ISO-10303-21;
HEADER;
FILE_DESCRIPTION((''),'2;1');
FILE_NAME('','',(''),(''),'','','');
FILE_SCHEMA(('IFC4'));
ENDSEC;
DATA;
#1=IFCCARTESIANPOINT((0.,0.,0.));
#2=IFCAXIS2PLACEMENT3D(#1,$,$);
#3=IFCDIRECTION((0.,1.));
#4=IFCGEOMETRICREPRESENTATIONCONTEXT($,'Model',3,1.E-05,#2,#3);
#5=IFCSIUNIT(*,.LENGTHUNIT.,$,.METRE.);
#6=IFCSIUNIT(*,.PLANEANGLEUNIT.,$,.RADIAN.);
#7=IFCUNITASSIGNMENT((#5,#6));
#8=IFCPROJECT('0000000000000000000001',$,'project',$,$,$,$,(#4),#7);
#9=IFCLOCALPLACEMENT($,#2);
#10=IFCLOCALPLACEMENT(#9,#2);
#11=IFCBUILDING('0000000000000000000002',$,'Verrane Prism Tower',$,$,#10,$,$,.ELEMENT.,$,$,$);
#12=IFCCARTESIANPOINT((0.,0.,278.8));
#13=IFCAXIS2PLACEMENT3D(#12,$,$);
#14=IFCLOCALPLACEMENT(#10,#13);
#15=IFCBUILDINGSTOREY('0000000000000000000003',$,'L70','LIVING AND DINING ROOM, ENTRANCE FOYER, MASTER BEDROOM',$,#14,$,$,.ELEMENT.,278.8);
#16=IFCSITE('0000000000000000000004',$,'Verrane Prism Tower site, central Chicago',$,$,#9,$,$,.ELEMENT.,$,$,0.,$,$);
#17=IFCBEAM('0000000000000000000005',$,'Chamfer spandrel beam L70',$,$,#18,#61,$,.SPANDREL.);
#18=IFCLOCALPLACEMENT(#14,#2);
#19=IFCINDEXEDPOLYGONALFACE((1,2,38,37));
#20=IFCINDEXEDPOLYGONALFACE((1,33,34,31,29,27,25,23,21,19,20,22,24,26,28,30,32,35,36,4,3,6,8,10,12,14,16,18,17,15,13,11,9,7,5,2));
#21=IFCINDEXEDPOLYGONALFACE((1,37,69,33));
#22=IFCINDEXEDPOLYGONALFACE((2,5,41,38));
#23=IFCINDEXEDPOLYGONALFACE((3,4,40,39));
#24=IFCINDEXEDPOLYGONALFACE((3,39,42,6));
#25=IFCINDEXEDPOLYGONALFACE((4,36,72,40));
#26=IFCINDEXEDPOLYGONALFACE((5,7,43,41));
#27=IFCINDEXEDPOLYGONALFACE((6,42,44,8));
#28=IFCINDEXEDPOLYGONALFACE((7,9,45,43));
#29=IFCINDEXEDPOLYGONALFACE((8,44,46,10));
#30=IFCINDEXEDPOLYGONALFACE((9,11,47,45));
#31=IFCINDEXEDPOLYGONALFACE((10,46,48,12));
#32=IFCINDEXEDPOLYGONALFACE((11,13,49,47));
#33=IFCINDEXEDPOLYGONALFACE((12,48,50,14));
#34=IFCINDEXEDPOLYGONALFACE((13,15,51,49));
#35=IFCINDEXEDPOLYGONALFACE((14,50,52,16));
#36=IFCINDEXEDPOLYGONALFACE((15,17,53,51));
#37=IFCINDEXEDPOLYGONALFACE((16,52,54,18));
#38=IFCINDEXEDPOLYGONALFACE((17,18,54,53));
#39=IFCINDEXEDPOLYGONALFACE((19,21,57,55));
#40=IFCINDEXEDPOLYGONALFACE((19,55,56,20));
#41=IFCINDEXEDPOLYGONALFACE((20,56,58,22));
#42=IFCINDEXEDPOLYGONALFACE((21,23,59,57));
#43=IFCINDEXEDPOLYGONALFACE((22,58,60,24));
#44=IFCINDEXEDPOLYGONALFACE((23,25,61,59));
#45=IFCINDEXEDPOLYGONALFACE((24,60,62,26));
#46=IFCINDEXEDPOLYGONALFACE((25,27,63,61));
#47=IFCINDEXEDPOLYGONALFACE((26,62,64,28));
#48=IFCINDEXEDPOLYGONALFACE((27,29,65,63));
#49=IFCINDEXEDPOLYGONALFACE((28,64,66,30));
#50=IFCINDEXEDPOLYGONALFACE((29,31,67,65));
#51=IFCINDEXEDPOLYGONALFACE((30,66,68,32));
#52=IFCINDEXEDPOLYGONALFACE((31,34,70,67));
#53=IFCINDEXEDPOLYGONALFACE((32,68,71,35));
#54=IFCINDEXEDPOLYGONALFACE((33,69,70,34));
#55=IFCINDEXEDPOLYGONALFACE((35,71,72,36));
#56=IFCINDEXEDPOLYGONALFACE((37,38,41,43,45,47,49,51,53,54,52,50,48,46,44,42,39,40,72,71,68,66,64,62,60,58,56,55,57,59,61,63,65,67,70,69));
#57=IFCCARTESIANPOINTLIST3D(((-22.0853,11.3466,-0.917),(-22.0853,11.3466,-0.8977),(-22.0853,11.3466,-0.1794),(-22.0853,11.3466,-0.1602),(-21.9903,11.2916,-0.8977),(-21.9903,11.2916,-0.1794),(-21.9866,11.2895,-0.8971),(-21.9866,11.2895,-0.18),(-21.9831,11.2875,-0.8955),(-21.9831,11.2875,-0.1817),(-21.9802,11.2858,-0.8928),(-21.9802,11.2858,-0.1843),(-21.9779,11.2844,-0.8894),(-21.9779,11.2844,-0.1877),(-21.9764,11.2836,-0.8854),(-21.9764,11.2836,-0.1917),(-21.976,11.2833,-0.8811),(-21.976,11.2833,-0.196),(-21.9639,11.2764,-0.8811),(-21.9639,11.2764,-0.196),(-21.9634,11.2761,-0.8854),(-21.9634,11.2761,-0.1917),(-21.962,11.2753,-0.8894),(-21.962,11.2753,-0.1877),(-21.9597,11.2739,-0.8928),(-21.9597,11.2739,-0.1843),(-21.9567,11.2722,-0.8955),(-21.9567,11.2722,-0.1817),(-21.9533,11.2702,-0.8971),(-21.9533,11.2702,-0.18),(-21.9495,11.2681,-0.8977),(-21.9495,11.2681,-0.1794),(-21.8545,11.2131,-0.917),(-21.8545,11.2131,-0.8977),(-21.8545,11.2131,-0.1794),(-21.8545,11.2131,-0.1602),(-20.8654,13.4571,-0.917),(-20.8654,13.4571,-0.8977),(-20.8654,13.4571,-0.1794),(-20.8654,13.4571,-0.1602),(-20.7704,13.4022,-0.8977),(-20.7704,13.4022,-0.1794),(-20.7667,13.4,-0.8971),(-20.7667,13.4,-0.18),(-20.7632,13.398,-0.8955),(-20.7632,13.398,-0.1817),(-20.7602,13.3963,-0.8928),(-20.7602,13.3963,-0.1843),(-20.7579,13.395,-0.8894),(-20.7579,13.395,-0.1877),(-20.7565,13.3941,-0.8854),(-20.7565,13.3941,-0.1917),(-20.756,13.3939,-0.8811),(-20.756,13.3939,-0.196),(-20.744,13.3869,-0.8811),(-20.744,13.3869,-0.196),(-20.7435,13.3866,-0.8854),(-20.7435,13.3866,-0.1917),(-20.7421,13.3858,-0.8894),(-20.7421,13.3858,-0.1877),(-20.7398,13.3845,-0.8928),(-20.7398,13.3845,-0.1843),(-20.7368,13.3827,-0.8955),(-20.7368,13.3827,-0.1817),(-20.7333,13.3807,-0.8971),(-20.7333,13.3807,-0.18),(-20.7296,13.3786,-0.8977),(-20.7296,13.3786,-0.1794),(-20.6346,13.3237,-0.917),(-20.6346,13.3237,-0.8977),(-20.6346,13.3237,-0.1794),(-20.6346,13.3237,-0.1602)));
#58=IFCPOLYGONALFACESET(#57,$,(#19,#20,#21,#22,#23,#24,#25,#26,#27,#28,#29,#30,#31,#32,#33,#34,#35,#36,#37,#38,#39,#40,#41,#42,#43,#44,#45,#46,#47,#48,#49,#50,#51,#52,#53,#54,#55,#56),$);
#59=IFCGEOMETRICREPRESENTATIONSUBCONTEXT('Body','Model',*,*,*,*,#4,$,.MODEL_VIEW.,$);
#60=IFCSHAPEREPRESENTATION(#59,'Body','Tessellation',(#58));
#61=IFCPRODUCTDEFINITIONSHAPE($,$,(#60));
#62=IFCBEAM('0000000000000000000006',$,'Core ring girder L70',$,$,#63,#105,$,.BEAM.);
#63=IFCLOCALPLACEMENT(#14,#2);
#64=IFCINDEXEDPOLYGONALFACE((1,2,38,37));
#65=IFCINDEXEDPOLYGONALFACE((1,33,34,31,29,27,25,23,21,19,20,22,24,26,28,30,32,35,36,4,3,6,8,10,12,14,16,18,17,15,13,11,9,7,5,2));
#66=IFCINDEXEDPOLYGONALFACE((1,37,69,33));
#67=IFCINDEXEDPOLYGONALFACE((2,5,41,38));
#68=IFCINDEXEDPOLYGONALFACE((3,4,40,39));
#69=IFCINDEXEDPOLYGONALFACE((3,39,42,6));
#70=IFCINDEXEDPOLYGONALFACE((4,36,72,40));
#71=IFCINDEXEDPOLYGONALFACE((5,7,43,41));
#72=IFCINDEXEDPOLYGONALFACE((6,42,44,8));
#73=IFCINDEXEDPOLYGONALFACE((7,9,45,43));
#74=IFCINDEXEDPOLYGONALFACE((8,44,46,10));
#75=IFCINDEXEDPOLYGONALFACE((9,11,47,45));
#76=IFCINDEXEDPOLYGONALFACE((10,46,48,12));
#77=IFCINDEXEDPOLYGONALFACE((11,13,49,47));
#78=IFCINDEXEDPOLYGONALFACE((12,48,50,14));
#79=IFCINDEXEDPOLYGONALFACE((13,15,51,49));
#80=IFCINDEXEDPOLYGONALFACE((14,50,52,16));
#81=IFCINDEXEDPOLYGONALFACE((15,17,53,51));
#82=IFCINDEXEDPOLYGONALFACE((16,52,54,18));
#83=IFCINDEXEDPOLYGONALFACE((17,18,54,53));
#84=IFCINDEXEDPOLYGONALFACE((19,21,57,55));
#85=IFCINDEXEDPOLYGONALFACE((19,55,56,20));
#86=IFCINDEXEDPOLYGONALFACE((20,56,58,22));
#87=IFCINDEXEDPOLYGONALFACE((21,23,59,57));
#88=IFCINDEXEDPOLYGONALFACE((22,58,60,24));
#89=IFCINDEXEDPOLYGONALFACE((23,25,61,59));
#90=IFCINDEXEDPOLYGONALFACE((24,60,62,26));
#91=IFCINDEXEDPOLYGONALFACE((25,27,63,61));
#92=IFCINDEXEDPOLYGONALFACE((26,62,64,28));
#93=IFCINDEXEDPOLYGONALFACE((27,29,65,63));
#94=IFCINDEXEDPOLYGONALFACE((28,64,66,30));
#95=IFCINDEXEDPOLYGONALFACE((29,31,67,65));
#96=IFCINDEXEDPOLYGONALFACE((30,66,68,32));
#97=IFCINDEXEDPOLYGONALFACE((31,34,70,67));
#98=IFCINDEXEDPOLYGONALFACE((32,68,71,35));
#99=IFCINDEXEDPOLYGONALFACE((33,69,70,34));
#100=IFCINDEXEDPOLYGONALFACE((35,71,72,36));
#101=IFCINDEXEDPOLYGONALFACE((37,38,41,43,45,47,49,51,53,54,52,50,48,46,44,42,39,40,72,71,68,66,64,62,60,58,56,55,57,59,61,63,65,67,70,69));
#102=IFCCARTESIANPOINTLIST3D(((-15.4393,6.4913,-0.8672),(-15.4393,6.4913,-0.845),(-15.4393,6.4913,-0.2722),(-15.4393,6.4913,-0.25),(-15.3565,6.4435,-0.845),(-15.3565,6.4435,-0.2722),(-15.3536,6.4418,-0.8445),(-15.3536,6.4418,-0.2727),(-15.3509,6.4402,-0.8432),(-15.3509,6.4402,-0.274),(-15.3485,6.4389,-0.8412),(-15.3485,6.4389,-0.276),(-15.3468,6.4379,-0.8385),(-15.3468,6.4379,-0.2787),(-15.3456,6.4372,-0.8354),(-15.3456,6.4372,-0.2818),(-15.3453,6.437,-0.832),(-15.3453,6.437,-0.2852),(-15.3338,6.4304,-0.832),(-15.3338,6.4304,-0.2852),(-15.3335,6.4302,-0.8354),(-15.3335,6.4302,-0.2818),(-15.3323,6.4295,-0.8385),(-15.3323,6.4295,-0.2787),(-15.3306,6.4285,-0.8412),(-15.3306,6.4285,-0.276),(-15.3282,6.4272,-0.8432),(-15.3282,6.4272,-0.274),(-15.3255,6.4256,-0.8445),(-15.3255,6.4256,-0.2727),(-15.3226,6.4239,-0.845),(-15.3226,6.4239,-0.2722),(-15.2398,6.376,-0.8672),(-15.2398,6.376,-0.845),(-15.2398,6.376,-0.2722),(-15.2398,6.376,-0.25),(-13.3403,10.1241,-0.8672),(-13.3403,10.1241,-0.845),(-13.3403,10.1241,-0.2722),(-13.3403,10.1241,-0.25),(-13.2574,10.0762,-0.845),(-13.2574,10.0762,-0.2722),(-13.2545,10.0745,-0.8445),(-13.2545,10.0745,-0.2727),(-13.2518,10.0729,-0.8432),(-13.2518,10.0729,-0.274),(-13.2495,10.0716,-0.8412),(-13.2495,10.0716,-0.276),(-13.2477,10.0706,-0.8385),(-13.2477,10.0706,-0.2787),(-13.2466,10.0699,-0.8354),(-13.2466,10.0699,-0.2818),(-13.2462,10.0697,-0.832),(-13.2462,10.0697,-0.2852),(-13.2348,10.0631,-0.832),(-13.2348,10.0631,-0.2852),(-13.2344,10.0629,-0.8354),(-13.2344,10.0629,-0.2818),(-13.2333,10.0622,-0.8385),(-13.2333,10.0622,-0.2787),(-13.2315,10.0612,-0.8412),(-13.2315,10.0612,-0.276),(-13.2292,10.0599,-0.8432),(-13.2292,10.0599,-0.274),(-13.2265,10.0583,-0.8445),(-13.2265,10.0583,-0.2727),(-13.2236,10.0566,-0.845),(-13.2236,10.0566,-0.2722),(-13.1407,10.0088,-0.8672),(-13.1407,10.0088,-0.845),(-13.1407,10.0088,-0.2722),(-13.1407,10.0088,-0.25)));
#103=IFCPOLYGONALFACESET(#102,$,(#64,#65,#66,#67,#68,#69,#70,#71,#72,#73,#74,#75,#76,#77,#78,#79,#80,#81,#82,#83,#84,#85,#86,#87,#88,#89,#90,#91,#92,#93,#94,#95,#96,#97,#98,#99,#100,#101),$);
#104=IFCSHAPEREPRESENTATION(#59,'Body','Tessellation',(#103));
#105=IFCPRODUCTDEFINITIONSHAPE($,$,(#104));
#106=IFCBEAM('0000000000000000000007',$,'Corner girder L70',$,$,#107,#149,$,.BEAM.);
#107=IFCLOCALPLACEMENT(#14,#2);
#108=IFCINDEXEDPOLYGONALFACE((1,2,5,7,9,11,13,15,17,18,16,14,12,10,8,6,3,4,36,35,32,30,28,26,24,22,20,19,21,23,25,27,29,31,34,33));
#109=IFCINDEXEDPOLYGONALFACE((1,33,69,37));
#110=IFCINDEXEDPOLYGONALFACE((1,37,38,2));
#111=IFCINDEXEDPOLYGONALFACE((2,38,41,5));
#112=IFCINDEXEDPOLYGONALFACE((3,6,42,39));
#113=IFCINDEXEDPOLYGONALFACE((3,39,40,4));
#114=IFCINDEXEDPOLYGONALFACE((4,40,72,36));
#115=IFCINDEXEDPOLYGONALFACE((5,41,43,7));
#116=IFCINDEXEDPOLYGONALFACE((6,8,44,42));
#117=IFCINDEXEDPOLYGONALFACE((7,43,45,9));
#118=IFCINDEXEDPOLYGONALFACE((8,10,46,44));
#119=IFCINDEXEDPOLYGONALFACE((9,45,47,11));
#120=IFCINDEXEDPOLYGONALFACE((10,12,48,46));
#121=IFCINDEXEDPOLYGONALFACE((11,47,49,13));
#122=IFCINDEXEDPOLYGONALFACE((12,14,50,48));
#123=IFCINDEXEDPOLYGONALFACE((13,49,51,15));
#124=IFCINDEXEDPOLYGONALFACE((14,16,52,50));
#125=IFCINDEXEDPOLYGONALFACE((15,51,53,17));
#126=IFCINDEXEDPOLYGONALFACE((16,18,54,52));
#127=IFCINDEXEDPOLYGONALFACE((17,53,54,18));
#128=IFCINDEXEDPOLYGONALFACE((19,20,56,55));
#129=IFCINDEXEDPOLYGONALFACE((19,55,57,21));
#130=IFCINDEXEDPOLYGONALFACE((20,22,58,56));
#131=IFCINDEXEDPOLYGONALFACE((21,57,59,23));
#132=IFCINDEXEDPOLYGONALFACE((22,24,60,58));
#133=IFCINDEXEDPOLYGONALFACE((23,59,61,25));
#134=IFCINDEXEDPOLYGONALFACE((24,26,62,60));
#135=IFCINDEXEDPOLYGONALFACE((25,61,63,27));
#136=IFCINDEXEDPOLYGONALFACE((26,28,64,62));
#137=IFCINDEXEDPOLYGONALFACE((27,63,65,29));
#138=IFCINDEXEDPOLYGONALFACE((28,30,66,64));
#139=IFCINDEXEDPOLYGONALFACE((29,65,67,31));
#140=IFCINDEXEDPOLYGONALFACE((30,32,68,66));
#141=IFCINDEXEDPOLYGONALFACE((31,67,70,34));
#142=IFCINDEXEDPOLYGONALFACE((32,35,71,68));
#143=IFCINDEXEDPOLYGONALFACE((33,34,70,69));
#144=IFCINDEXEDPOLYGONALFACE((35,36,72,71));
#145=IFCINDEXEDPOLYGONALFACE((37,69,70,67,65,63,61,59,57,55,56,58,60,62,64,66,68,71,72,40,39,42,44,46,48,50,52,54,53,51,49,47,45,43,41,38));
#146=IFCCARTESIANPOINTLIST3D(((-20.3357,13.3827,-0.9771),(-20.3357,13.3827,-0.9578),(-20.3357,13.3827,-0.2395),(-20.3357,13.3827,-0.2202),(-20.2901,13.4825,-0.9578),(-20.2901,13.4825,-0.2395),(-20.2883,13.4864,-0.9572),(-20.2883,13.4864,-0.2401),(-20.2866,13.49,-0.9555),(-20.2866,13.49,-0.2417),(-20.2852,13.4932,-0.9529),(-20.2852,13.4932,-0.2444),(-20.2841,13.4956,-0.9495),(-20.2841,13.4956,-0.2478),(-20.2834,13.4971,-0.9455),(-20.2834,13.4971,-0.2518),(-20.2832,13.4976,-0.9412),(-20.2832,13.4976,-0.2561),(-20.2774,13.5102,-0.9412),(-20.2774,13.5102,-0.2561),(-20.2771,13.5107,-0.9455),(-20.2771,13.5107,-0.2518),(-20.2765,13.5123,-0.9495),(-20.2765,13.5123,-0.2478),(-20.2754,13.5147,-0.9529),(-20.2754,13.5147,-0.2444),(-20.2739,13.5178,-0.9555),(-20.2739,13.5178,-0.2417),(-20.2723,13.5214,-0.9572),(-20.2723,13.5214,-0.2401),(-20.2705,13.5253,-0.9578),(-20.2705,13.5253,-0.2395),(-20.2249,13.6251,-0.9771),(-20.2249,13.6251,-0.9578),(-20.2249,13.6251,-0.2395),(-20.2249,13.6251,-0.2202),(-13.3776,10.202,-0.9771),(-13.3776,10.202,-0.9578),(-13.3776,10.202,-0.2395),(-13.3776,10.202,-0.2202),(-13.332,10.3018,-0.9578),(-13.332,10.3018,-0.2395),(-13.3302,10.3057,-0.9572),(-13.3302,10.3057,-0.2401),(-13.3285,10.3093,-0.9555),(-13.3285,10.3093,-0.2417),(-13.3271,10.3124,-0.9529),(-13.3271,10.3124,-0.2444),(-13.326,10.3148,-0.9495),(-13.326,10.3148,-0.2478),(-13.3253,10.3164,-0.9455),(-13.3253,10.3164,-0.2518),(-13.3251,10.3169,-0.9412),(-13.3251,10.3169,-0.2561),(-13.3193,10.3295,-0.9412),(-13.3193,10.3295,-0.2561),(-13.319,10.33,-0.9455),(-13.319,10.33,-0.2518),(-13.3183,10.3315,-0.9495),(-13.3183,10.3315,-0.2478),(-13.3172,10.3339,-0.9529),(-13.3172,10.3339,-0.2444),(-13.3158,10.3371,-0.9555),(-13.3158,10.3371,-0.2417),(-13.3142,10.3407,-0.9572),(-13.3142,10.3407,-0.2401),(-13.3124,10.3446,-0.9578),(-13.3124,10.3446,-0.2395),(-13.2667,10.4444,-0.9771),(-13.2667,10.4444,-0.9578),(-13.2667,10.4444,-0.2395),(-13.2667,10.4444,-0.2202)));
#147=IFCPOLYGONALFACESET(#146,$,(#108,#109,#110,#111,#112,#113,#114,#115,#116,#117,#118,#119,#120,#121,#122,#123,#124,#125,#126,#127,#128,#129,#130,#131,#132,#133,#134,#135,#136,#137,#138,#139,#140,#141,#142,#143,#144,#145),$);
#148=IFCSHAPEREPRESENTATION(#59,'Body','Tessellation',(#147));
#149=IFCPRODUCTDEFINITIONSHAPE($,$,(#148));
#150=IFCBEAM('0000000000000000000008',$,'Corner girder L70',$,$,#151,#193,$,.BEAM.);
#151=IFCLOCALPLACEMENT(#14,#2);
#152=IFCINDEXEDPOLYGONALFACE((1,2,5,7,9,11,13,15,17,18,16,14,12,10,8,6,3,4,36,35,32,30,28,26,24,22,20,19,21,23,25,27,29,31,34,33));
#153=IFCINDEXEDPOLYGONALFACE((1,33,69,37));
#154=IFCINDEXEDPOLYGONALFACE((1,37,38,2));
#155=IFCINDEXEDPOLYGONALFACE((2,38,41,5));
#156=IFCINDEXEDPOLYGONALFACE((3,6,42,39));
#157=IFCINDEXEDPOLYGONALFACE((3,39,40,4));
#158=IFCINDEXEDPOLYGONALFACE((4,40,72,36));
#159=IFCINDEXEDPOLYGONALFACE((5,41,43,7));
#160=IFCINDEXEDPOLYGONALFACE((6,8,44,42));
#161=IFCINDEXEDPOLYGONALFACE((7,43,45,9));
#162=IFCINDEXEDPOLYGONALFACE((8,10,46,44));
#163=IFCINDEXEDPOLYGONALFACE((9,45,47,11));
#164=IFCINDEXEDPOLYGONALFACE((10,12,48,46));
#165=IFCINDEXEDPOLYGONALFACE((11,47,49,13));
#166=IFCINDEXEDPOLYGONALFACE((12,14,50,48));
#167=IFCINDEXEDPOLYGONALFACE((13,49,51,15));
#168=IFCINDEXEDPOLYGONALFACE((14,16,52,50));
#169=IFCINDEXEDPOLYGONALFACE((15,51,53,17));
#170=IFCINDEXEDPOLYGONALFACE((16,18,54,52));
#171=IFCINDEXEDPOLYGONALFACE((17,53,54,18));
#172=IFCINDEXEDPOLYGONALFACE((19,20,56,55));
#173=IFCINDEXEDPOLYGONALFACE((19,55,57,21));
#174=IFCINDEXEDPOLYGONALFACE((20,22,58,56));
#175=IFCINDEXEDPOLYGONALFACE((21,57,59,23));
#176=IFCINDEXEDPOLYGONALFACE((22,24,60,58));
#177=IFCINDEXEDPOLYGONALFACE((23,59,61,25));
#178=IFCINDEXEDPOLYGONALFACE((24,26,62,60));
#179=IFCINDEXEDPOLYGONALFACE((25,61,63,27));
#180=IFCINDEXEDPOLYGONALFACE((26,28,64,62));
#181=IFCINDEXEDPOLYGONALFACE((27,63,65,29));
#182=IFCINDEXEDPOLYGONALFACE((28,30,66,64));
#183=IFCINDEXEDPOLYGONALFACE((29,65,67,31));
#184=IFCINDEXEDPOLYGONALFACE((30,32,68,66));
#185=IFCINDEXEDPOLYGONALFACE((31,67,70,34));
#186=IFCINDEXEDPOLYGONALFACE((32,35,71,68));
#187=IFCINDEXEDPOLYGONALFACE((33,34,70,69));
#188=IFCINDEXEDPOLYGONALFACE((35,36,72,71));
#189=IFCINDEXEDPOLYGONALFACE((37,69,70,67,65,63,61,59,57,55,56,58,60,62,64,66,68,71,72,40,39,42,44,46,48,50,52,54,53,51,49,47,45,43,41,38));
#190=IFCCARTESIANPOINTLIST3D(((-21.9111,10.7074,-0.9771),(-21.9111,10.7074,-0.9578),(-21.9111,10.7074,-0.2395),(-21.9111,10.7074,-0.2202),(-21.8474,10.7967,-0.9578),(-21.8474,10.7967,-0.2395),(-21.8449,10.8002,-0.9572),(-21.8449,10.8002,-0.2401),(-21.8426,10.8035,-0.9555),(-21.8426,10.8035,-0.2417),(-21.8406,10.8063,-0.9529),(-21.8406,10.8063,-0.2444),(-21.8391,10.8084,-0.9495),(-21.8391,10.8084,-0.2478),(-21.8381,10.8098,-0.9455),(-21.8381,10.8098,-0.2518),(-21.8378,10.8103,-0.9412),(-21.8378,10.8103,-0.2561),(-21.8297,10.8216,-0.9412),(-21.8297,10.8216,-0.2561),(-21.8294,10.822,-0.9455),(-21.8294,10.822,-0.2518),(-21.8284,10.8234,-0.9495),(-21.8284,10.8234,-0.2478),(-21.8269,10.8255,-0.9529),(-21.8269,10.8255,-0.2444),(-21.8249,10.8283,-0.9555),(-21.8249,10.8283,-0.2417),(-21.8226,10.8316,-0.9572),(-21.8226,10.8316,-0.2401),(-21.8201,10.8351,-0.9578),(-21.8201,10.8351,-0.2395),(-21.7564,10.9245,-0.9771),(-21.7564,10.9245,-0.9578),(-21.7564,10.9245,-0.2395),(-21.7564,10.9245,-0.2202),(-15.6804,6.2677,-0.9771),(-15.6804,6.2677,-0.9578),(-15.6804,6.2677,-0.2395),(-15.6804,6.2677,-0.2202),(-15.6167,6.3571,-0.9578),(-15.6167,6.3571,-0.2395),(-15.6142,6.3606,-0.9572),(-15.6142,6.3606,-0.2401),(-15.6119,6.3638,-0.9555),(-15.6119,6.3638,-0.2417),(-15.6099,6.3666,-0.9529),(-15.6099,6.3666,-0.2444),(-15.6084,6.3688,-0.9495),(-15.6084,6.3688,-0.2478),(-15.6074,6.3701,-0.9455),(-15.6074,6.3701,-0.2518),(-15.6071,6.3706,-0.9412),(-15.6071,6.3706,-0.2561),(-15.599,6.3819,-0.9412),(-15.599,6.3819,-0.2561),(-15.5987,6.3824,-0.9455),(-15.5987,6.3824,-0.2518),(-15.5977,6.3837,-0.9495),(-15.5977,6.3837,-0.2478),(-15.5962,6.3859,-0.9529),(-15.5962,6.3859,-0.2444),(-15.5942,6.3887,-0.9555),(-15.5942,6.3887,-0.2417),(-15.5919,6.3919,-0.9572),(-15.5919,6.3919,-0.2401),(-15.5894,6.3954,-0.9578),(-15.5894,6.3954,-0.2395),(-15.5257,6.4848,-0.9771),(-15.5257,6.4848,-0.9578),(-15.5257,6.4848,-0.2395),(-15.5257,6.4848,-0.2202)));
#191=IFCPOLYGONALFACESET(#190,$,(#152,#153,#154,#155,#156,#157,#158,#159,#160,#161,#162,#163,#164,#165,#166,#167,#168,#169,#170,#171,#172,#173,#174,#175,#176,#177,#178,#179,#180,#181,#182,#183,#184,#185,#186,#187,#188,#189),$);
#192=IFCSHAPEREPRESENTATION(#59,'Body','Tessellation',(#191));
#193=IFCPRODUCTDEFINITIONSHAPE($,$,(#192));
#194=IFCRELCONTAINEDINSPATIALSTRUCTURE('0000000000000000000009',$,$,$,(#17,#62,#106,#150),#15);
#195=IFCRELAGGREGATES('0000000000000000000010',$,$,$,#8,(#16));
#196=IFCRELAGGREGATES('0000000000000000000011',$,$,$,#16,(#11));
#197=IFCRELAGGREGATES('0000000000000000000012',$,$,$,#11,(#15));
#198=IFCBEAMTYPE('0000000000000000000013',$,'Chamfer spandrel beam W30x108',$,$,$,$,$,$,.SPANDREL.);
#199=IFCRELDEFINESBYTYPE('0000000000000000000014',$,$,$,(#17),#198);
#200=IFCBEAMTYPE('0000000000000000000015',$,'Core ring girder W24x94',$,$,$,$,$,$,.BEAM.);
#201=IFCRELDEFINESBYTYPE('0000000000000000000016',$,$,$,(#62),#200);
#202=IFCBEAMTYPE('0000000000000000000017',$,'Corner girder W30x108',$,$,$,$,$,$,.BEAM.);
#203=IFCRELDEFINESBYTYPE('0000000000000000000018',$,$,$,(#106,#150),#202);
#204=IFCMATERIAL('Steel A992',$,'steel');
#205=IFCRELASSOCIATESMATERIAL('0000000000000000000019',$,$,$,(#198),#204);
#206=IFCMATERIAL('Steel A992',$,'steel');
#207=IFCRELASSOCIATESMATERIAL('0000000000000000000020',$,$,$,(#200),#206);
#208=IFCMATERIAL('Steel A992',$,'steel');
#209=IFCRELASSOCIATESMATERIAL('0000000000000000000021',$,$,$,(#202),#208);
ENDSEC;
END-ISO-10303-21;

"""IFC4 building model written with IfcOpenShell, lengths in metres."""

from ifc_helpers import new_model, si_unit, direction, frame, origin, origin_2d, place, context, subcontext, project, spatial, i_section, extrude, material, material_profile, profile_set, type_object, element, save


model = new_model("IFC4")

# Units and contexts
model_context = context("Model", 3, precision=1e-05, world=origin(), true_north=direction((0.0, 1.0)))
body_context = subcontext(model_context, "Body", "Model", "MODEL_VIEW")
ifc_project = project(units=[si_unit("LENGTHUNIT", "METRE"), si_unit("PLANEANGLEUNIT", "RADIAN")], contexts=[model_context])

# Site, building, storey
site_placement = place(None, origin())
site = spatial("IfcSite", under=ifc_project, at=site_placement, Name="Verrane Prism Tower site, central Chicago", CompositionType="ELEMENT", RefElevation=0.0)
building_placement = place(site_placement, origin())
building = spatial("IfcBuilding", under=site, at=building_placement, Name="Verrane Prism Tower", CompositionType="ELEMENT")
storey_placement = place(building_placement, frame((0.0, 0.0, 278.8)))
storey = spatial("IfcBuildingStorey", under=building, at=storey_placement, Name="L70", Description="LIVING AND DINING ROOM, ENTRANCE FOYER, MASTER BEDROOM", CompositionType="ELEMENT", Elevation=278.8)

# Beams
ifc_material_1 = material(Name="Steel A992", Category="steel")
ifc_material_profile_1 = material_profile(ifc_material_1, i_section(OverallWidth=0.2666, OverallDepth=0.7568, WebThickness=0.0139, FlangeThickness=0.0193, FilletRadius=0.0166, at=origin_2d()), Name="W30x108")
ifc_profile_set_1 = profile_set([ifc_material_profile_1], Name="Steel A992")
beam_type_1 = type_object("IfcBeamType", Name="Chamfer spandrel beam W30x108", PredefinedType="SPANDREL", material=ifc_profile_set_1)
beam_1_placement = place(storey_placement, frame((-20.75, 13.3904, -0.5386), z_axis=(-0.500436, -0.865773, 0.0), x_axis=(0.865773, -0.500436, 0.0)))
element("IfcBeam", 1, at=beam_1_placement, inside=storey, type_object=beam_type_1, Name="Chamfer spandrel beam L70", PredefinedType="SPANDREL", context=body_context, shape_type="SweptSolid", body=[
    extrude(i_section(OverallWidth=0.2666, OverallDepth=0.7568, WebThickness=0.0139, FlangeThickness=0.0193, FilletRadius=0.0166, at=origin_2d()), origin(), (0.0, 0.0, 1.0), 2.4377),
])
ifc_material_2 = material(Name="Steel A992", Category="steel")
ifc_material_profile_2 = material_profile(ifc_material_2, i_section(OverallWidth=0.2305, OverallDepth=0.6172, WebThickness=0.0132, FlangeThickness=0.0222, FilletRadius=0.0129, at=origin_2d()), Name="W24x94")
ifc_profile_set_2 = profile_set([ifc_material_profile_2], Name="Steel A992")
beam_type_2 = type_object("IfcBeamType", Name="Core ring girder W24x94", PredefinedType="BEAM", material=ifc_profile_set_2)
beam_2_placement = place(storey_placement, frame((-13.2405, 10.0664, -0.5586), z_axis=(-0.500307, -0.865848, 0.0), x_axis=(0.865848, -0.500307, 0.0)))
element("IfcBeam", 2, at=beam_2_placement, inside=storey, type_object=beam_type_2, Name="Core ring girder L70", PredefinedType="BEAM", context=body_context, shape_type="SweptSolid", body=[
    extrude(i_section(OverallWidth=0.2305, OverallDepth=0.6172, WebThickness=0.0132, FlangeThickness=0.0222, FilletRadius=0.0129, at=origin_2d()), origin(), (0.0, 0.0, 1.0), 4.1956),
])
ifc_material_3 = material(Name="Steel A992", Category="steel")
ifc_material_profile_3 = material_profile(ifc_material_3, i_section(OverallWidth=0.2666, OverallDepth=0.7568, WebThickness=0.0139, FlangeThickness=0.0193, FilletRadius=0.0166, at=origin_2d()), Name="W30x108")
ifc_profile_set_3 = profile_set([ifc_material_profile_3], Name="Steel A992")
beam_type_3 = type_object("IfcBeamType", Name="Corner girder W30x108", PredefinedType="BEAM", material=ifc_profile_set_3)
for number, where, z_axis, x_axis, name in (
    (3, (-20.2803, 13.5039, -0.5986), (0.909481, -0.415745, 0.0), (0.415745, 0.909481, 0.0), "Corner girder L70"),
    (4, (-21.8337, 10.8159, -0.5986), (0.814401, -0.580302, 0.0), (0.580302, 0.814401, 0.0), "Corner girder L70"),
):
    element("IfcBeam", number, at=place(storey_placement, frame(where, z_axis=z_axis, x_axis=x_axis)), inside=storey, type_object=beam_type_3, Name=name, PredefinedType="BEAM", context=body_context, shape_type="SweptSolid", body=[
        extrude(i_section(OverallWidth=0.2666, OverallDepth=0.7568, WebThickness=0.0139, FlangeThickness=0.0193, FilletRadius=0.0166, at=origin_2d()), origin(), (0.0, 0.0, 1.0), 7.6506),
    ])

save(model, "model.ifc")
